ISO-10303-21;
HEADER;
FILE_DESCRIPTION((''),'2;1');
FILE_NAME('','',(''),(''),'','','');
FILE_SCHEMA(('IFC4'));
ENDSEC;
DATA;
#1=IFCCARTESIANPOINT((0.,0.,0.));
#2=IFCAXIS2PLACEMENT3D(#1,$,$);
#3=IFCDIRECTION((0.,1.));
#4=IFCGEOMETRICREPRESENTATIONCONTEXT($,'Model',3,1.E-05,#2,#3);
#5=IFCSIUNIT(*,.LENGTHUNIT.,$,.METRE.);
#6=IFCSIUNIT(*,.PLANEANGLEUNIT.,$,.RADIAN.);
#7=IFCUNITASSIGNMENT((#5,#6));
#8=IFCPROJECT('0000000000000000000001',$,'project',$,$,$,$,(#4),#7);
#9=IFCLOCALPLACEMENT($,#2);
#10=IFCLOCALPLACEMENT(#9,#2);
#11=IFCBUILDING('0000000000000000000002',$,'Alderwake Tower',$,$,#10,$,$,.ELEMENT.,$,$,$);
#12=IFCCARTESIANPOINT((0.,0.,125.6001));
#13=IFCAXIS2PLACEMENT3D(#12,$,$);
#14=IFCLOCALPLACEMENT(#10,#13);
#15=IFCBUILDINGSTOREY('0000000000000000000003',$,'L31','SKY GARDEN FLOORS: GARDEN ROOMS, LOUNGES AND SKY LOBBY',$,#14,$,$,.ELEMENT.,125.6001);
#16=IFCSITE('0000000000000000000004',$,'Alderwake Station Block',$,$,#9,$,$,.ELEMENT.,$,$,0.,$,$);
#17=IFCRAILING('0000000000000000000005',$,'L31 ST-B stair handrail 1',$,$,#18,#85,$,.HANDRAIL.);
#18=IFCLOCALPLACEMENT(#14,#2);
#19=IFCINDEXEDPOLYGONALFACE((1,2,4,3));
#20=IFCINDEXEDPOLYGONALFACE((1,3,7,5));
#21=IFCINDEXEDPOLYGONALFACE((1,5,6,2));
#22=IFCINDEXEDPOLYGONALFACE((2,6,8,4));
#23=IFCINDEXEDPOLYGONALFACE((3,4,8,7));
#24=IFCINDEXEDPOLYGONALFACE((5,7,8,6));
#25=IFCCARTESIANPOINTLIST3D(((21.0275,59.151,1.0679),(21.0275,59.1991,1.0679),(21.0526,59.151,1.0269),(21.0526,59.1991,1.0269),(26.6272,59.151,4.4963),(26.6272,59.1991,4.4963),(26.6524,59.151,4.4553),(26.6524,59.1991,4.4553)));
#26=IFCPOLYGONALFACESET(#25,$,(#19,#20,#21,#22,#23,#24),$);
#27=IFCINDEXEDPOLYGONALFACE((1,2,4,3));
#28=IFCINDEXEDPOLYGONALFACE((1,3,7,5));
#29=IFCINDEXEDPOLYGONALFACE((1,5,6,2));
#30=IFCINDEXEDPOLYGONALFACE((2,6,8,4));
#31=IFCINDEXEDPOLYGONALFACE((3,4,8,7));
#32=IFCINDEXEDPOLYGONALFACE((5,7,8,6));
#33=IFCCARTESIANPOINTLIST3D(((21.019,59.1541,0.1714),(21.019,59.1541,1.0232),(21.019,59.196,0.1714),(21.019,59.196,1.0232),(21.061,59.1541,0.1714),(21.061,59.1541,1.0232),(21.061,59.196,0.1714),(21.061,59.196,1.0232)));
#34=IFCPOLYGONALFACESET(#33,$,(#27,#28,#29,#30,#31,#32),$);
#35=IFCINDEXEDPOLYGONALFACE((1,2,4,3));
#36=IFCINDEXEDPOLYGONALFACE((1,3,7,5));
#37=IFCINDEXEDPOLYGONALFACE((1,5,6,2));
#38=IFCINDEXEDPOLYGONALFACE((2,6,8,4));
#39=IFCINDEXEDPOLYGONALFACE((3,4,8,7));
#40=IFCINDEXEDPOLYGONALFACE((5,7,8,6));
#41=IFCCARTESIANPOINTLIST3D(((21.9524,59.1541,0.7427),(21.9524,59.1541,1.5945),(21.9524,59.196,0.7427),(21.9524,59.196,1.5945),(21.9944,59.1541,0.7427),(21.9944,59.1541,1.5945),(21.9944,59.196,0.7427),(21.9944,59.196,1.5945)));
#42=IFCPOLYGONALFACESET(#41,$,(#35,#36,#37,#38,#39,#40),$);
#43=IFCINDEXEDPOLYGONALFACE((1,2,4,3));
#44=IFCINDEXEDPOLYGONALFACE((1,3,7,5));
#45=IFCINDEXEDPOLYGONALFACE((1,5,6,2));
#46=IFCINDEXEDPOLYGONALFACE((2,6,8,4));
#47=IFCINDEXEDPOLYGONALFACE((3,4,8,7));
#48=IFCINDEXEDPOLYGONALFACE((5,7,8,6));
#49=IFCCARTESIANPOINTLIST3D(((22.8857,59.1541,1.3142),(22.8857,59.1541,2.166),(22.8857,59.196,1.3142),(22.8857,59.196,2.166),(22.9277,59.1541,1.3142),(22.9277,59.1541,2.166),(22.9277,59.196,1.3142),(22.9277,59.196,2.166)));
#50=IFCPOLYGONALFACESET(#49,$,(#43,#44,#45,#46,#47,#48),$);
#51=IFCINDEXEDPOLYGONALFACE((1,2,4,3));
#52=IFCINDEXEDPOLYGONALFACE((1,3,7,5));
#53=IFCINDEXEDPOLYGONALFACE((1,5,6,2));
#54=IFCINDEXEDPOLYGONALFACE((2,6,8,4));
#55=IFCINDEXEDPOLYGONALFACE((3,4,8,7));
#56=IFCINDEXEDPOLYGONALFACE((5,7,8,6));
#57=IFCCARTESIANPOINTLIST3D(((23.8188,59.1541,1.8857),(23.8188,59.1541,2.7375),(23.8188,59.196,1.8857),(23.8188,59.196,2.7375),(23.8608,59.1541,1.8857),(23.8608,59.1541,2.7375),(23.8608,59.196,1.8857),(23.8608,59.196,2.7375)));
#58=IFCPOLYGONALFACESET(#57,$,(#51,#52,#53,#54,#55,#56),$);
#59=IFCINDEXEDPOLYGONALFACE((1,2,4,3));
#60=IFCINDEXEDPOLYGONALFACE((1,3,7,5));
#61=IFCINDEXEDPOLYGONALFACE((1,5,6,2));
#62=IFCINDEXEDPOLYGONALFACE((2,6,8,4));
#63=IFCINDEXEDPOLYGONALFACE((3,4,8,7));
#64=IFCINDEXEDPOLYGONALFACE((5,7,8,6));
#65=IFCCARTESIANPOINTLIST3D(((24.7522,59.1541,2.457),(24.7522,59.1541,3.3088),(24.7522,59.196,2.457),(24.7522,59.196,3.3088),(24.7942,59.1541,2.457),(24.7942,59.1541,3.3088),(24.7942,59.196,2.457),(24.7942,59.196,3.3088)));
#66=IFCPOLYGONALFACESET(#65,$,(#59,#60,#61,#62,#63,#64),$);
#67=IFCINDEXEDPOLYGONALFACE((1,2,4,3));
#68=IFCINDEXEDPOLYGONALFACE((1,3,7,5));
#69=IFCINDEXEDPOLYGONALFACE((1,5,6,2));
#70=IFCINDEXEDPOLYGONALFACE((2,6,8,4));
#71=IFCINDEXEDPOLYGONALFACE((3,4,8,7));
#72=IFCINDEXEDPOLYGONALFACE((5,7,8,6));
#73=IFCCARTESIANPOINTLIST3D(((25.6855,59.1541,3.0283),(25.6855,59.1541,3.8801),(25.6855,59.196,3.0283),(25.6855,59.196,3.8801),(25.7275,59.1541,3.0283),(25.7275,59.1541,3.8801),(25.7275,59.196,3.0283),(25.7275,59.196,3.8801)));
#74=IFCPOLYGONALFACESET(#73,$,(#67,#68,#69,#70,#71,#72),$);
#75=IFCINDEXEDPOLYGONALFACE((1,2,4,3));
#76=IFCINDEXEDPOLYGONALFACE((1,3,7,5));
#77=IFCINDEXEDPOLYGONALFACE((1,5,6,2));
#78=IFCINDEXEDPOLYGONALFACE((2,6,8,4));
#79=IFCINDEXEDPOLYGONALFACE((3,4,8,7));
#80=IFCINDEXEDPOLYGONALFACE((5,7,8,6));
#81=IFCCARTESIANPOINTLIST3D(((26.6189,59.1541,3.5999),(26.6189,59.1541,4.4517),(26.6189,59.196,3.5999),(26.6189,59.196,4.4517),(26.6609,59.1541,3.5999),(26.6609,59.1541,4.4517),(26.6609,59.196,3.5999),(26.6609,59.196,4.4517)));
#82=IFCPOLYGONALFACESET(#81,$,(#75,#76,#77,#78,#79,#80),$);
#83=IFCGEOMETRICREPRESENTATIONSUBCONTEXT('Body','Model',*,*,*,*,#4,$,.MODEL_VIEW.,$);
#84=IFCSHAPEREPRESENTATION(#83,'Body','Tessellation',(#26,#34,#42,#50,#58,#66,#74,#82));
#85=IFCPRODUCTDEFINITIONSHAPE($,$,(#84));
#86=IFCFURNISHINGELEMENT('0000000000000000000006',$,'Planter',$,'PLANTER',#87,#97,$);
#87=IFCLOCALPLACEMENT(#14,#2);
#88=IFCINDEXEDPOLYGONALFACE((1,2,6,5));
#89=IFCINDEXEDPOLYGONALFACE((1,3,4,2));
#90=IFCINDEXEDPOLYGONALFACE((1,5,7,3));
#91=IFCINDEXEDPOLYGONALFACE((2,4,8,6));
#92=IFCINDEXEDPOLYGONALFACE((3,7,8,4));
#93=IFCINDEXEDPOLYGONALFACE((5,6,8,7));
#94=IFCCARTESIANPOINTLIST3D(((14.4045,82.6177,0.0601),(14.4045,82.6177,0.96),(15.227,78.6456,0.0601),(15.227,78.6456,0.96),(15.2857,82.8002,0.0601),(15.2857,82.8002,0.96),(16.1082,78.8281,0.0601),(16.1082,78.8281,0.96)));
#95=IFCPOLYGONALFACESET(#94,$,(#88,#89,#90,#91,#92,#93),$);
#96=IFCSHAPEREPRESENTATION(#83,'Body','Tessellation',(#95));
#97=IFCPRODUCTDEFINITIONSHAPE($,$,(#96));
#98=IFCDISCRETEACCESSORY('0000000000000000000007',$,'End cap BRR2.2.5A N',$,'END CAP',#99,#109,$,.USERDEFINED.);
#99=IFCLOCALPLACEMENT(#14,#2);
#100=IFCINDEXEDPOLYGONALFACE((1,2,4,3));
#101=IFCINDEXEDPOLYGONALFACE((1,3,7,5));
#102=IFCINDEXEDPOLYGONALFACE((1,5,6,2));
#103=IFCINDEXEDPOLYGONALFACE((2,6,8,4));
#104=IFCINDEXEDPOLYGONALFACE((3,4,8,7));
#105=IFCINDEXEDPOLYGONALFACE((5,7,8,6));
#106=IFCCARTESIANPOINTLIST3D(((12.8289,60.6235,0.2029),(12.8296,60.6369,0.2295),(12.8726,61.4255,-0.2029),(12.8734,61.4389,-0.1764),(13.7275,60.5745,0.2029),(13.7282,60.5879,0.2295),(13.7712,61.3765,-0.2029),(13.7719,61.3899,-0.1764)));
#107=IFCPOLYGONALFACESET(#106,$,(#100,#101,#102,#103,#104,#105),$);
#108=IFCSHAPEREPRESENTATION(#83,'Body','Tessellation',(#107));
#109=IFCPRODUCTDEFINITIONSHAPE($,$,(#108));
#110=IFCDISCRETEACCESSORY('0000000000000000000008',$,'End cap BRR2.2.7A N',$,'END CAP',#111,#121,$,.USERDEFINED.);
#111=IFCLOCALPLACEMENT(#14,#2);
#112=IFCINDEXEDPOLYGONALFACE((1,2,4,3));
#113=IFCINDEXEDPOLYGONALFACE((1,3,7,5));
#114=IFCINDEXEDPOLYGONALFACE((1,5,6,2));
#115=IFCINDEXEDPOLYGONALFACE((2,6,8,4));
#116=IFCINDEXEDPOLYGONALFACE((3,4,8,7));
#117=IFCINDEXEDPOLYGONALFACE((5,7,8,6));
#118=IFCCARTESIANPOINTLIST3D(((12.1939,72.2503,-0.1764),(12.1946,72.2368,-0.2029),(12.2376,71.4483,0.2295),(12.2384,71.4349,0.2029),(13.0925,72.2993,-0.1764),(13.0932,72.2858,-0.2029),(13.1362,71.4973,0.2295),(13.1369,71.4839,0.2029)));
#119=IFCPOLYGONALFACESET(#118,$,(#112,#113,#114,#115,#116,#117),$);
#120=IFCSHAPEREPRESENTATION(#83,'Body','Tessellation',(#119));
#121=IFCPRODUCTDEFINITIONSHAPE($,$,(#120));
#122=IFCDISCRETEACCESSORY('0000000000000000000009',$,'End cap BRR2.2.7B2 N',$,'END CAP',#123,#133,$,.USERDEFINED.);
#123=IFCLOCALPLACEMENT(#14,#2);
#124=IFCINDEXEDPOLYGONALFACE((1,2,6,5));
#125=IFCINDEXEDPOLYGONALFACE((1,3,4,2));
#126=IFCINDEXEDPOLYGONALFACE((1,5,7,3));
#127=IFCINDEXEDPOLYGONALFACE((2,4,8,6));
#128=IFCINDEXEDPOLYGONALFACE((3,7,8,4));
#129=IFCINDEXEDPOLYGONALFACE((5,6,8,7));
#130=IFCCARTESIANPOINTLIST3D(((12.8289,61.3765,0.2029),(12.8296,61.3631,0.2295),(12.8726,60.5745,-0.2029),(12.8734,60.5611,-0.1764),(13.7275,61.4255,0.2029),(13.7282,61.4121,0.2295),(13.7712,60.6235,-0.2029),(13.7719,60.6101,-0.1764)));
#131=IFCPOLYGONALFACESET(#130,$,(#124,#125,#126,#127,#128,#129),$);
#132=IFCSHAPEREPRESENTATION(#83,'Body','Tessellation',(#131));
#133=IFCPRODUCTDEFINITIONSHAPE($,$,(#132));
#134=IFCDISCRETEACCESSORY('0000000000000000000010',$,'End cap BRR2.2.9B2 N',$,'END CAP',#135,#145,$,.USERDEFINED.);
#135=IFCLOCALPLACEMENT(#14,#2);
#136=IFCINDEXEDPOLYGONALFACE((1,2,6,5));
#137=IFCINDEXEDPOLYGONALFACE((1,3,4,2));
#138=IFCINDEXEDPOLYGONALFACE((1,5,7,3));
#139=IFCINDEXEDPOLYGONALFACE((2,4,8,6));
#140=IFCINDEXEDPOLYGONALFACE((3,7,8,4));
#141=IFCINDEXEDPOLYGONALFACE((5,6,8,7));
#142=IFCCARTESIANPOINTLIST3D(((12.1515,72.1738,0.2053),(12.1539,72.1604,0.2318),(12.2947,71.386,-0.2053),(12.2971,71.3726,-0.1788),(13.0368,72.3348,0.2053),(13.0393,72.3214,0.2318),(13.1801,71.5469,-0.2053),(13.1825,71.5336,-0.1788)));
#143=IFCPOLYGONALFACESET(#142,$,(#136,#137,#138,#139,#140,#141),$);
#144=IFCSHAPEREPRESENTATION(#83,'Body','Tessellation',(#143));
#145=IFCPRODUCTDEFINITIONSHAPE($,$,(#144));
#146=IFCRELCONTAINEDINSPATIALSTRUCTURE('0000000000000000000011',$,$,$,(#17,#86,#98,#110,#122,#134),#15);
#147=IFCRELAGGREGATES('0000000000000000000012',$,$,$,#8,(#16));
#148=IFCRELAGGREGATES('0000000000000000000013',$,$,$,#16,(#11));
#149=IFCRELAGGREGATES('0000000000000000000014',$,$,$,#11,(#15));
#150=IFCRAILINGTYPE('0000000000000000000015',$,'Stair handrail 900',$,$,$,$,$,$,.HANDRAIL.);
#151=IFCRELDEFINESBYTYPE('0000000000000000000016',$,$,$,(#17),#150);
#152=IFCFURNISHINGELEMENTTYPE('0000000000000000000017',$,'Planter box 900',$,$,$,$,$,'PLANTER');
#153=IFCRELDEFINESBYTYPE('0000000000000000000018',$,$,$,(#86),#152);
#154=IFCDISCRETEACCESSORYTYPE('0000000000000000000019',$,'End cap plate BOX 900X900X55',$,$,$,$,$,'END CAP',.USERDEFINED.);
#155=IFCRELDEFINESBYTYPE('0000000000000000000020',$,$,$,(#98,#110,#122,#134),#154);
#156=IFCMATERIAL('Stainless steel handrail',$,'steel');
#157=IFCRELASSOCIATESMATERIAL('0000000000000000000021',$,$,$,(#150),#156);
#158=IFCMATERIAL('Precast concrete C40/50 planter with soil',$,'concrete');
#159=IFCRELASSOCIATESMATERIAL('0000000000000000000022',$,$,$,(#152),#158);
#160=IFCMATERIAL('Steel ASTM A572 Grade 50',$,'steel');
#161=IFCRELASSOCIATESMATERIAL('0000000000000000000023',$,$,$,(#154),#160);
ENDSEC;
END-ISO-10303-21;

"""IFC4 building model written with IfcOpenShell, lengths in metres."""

from ifc_helpers import new_model, si_unit, direction, frame, origin, origin_with_axes, origin_2d, place, context, subcontext, project, spatial, rectangle, extrude, material, material_profile, profile_set, type_object, element, save


model = new_model("IFC4")

# Units and contexts
model_context = context("Model", 3, precision=1e-05, world=origin(), true_north=direction((0.0, 1.0)))
body_context = subcontext(model_context, "Body", "Model", "MODEL_VIEW")
ifc_project = project(units=[si_unit("LENGTHUNIT", "METRE"), si_unit("PLANEANGLEUNIT", "RADIAN")], contexts=[model_context])

# Site, building, storey
site_placement = place(None, origin())
site = spatial("IfcSite", under=ifc_project, at=site_placement, Name="Alderwake Station Block", CompositionType="ELEMENT", RefElevation=0.0)
building_placement = place(site_placement, origin())
building = spatial("IfcBuilding", under=site, at=building_placement, Name="Alderwake Tower", CompositionType="ELEMENT")
storey_placement = place(building_placement, frame((0.0, 0.0, 125.6001)))
storey = spatial("IfcBuildingStorey", under=building, at=storey_placement, Name="L31", Description="SKY GARDEN FLOORS: GARDEN ROOMS, LOUNGES AND SKY LOBBY", CompositionType="ELEMENT", Elevation=125.6001)

# Railing
ifc_material_1 = material(Name="Stainless steel handrail", Category="steel")
railing_type_1 = type_object("IfcRailingType", Name="Stair handrail 900", PredefinedType="HANDRAIL", material=ifc_material_1)
railing_1_placement = place(storey_placement, frame((21.04, 59.175, 0.1714)))
element("IfcRailing", 1, at=railing_1_placement, inside=storey, type_object=railing_type_1, Name="L31 ST-B stair handrail 1", PredefinedType="HANDRAIL", context=body_context, shape_type="SweptSolid", body=[
    extrude(rectangle(XDim=0.0481, YDim=0.0481, at=origin_2d()), frame((0.0, 0.0, 0.876), z_axis=(0.852852, 0.0, 0.522152), x_axis=(0.0, 1.0, 0.0)), (0.0, 0.0, 1.0), 6.5659),
    extrude(rectangle(XDim=0.042, YDim=0.042, at=origin_2d()), origin_with_axes(), (0.0, 0.0, 1.0), 0.8518),
    extrude(rectangle(XDim=0.042, YDim=0.042, at=origin_2d()), frame((0.9333, 0.0, 0.5713), z_axis=(0.0, 0.0, 1.0), x_axis=(1.0, 0.0, 0.0)), (0.0, 0.0, 1.0), 0.8518),
    extrude(rectangle(XDim=0.042, YDim=0.042, at=origin_2d()), frame((1.8667, 0.0, 1.1428), z_axis=(0.0, 0.0, 1.0), x_axis=(1.0, 0.0, 0.0)), (0.0, 0.0, 1.0), 0.8518),
    extrude(rectangle(XDim=0.042, YDim=0.042, at=origin_2d()), frame((2.7998, 0.0, 1.7144), z_axis=(0.0, 0.0, 1.0), x_axis=(1.0, 0.0, 0.0)), (0.0, 0.0, 1.0), 0.8518),
    extrude(rectangle(XDim=0.042, YDim=0.042, at=origin_2d()), frame((3.7332, 0.0, 2.2856), z_axis=(0.0, 0.0, 1.0), x_axis=(1.0, 0.0, 0.0)), (0.0, 0.0, 1.0), 0.8518),
    extrude(rectangle(XDim=0.042, YDim=0.042, at=origin_2d()), frame((4.6665, 0.0, 2.8569), z_axis=(0.0, 0.0, 1.0), x_axis=(1.0, 0.0, 0.0)), (0.0, 0.0, 1.0), 0.8518),
    extrude(rectangle(XDim=0.042, YDim=0.042, at=origin_2d()), frame((5.5999, 0.0, 3.4285), z_axis=(0.0, 0.0, 1.0), x_axis=(1.0, 0.0, 0.0)), (0.0, 0.0, 1.0), 0.8518),
])

# Furnishing element
ifc_material_2 = material(Name="Precast concrete C40/50 planter with soil", Category="concrete")
furnishing_element_type = type_object("IfcFurnishingElementType", Name="Planter box 900", ElementType="PLANTER", material=ifc_material_2)
furnishing_placement = place(storey_placement, frame((15.2563, 80.7229, 0.0601), z_axis=(0.0, 0.0, 1.0), x_axis=(0.97923, 0.202751, 0.0)))
element("IfcFurnishingElement", 2, at=furnishing_placement, inside=storey, type_object=furnishing_element_type, Name="Planter", ObjectType="PLANTER", context=body_context, shape_type="SweptSolid", body=[
    extrude(rectangle(XDim=0.8999, YDim=4.0564, at=origin_2d()), origin(), (0.0, 0.0, 1.0), 0.8999),
])

# Discrete accessories
ifc_material_3 = material(Name="Steel ASTM A572 Grade 50", Category="steel")
ifc_material_profile_1 = material_profile(ifc_material_3, rectangle(XDim=0.8999, YDim=0.8999, at=origin_2d()), Name="BOX 900X900X55 cap")
ifc_profile_set_1 = profile_set([ifc_material_profile_1], Name="Steel ASTM A572 Grade 50")
discrete_accessory_type = type_object("IfcDiscreteAccessoryType", Name="End cap plate BOX 900X900X55", ElementType="END CAP", PredefinedType="USERDEFINED", material=ifc_profile_set_1)
for number, where, z_axis, x_axis, name in (
    (3, (13.3, 61.0, 0.0), (0.024565, 0.450351, 0.892514), (-0.998516, 0.054464, 0.0), "End cap BRR2.2.5A N"),
    (4, (12.6658, 71.8604, 0.0), (-0.024565, 0.450351, 0.892514), (-0.998516, -0.054464, 0.0), "End cap BRR2.2.7A N"),
    (5, (13.3, 61.0, 0.0), (0.024565, -0.450351, 0.892514), (0.998516, 0.054464, 0.0), "End cap BRR2.2.7B2 N"),
    (6, (12.6658, 71.8604, 0.0), (0.081633, -0.448983, 0.889803), (0.98387, 0.178885, 0.0), "End cap BRR2.2.9B2 N"),
):
    element("IfcDiscreteAccessory", number, at=place(storey_placement, frame(where, z_axis=z_axis, x_axis=x_axis)), inside=storey, type_object=discrete_accessory_type, Name=name, ObjectType="END CAP", PredefinedType="USERDEFINED", context=body_context, shape_type="SweptSolid", body=[
        extrude(rectangle(XDim=0.8999, YDim=0.8999, at=origin_2d()), origin(), (0.0, 0.0, 1.0), 0.0298),
    ])

save(model, "model.ifc")
